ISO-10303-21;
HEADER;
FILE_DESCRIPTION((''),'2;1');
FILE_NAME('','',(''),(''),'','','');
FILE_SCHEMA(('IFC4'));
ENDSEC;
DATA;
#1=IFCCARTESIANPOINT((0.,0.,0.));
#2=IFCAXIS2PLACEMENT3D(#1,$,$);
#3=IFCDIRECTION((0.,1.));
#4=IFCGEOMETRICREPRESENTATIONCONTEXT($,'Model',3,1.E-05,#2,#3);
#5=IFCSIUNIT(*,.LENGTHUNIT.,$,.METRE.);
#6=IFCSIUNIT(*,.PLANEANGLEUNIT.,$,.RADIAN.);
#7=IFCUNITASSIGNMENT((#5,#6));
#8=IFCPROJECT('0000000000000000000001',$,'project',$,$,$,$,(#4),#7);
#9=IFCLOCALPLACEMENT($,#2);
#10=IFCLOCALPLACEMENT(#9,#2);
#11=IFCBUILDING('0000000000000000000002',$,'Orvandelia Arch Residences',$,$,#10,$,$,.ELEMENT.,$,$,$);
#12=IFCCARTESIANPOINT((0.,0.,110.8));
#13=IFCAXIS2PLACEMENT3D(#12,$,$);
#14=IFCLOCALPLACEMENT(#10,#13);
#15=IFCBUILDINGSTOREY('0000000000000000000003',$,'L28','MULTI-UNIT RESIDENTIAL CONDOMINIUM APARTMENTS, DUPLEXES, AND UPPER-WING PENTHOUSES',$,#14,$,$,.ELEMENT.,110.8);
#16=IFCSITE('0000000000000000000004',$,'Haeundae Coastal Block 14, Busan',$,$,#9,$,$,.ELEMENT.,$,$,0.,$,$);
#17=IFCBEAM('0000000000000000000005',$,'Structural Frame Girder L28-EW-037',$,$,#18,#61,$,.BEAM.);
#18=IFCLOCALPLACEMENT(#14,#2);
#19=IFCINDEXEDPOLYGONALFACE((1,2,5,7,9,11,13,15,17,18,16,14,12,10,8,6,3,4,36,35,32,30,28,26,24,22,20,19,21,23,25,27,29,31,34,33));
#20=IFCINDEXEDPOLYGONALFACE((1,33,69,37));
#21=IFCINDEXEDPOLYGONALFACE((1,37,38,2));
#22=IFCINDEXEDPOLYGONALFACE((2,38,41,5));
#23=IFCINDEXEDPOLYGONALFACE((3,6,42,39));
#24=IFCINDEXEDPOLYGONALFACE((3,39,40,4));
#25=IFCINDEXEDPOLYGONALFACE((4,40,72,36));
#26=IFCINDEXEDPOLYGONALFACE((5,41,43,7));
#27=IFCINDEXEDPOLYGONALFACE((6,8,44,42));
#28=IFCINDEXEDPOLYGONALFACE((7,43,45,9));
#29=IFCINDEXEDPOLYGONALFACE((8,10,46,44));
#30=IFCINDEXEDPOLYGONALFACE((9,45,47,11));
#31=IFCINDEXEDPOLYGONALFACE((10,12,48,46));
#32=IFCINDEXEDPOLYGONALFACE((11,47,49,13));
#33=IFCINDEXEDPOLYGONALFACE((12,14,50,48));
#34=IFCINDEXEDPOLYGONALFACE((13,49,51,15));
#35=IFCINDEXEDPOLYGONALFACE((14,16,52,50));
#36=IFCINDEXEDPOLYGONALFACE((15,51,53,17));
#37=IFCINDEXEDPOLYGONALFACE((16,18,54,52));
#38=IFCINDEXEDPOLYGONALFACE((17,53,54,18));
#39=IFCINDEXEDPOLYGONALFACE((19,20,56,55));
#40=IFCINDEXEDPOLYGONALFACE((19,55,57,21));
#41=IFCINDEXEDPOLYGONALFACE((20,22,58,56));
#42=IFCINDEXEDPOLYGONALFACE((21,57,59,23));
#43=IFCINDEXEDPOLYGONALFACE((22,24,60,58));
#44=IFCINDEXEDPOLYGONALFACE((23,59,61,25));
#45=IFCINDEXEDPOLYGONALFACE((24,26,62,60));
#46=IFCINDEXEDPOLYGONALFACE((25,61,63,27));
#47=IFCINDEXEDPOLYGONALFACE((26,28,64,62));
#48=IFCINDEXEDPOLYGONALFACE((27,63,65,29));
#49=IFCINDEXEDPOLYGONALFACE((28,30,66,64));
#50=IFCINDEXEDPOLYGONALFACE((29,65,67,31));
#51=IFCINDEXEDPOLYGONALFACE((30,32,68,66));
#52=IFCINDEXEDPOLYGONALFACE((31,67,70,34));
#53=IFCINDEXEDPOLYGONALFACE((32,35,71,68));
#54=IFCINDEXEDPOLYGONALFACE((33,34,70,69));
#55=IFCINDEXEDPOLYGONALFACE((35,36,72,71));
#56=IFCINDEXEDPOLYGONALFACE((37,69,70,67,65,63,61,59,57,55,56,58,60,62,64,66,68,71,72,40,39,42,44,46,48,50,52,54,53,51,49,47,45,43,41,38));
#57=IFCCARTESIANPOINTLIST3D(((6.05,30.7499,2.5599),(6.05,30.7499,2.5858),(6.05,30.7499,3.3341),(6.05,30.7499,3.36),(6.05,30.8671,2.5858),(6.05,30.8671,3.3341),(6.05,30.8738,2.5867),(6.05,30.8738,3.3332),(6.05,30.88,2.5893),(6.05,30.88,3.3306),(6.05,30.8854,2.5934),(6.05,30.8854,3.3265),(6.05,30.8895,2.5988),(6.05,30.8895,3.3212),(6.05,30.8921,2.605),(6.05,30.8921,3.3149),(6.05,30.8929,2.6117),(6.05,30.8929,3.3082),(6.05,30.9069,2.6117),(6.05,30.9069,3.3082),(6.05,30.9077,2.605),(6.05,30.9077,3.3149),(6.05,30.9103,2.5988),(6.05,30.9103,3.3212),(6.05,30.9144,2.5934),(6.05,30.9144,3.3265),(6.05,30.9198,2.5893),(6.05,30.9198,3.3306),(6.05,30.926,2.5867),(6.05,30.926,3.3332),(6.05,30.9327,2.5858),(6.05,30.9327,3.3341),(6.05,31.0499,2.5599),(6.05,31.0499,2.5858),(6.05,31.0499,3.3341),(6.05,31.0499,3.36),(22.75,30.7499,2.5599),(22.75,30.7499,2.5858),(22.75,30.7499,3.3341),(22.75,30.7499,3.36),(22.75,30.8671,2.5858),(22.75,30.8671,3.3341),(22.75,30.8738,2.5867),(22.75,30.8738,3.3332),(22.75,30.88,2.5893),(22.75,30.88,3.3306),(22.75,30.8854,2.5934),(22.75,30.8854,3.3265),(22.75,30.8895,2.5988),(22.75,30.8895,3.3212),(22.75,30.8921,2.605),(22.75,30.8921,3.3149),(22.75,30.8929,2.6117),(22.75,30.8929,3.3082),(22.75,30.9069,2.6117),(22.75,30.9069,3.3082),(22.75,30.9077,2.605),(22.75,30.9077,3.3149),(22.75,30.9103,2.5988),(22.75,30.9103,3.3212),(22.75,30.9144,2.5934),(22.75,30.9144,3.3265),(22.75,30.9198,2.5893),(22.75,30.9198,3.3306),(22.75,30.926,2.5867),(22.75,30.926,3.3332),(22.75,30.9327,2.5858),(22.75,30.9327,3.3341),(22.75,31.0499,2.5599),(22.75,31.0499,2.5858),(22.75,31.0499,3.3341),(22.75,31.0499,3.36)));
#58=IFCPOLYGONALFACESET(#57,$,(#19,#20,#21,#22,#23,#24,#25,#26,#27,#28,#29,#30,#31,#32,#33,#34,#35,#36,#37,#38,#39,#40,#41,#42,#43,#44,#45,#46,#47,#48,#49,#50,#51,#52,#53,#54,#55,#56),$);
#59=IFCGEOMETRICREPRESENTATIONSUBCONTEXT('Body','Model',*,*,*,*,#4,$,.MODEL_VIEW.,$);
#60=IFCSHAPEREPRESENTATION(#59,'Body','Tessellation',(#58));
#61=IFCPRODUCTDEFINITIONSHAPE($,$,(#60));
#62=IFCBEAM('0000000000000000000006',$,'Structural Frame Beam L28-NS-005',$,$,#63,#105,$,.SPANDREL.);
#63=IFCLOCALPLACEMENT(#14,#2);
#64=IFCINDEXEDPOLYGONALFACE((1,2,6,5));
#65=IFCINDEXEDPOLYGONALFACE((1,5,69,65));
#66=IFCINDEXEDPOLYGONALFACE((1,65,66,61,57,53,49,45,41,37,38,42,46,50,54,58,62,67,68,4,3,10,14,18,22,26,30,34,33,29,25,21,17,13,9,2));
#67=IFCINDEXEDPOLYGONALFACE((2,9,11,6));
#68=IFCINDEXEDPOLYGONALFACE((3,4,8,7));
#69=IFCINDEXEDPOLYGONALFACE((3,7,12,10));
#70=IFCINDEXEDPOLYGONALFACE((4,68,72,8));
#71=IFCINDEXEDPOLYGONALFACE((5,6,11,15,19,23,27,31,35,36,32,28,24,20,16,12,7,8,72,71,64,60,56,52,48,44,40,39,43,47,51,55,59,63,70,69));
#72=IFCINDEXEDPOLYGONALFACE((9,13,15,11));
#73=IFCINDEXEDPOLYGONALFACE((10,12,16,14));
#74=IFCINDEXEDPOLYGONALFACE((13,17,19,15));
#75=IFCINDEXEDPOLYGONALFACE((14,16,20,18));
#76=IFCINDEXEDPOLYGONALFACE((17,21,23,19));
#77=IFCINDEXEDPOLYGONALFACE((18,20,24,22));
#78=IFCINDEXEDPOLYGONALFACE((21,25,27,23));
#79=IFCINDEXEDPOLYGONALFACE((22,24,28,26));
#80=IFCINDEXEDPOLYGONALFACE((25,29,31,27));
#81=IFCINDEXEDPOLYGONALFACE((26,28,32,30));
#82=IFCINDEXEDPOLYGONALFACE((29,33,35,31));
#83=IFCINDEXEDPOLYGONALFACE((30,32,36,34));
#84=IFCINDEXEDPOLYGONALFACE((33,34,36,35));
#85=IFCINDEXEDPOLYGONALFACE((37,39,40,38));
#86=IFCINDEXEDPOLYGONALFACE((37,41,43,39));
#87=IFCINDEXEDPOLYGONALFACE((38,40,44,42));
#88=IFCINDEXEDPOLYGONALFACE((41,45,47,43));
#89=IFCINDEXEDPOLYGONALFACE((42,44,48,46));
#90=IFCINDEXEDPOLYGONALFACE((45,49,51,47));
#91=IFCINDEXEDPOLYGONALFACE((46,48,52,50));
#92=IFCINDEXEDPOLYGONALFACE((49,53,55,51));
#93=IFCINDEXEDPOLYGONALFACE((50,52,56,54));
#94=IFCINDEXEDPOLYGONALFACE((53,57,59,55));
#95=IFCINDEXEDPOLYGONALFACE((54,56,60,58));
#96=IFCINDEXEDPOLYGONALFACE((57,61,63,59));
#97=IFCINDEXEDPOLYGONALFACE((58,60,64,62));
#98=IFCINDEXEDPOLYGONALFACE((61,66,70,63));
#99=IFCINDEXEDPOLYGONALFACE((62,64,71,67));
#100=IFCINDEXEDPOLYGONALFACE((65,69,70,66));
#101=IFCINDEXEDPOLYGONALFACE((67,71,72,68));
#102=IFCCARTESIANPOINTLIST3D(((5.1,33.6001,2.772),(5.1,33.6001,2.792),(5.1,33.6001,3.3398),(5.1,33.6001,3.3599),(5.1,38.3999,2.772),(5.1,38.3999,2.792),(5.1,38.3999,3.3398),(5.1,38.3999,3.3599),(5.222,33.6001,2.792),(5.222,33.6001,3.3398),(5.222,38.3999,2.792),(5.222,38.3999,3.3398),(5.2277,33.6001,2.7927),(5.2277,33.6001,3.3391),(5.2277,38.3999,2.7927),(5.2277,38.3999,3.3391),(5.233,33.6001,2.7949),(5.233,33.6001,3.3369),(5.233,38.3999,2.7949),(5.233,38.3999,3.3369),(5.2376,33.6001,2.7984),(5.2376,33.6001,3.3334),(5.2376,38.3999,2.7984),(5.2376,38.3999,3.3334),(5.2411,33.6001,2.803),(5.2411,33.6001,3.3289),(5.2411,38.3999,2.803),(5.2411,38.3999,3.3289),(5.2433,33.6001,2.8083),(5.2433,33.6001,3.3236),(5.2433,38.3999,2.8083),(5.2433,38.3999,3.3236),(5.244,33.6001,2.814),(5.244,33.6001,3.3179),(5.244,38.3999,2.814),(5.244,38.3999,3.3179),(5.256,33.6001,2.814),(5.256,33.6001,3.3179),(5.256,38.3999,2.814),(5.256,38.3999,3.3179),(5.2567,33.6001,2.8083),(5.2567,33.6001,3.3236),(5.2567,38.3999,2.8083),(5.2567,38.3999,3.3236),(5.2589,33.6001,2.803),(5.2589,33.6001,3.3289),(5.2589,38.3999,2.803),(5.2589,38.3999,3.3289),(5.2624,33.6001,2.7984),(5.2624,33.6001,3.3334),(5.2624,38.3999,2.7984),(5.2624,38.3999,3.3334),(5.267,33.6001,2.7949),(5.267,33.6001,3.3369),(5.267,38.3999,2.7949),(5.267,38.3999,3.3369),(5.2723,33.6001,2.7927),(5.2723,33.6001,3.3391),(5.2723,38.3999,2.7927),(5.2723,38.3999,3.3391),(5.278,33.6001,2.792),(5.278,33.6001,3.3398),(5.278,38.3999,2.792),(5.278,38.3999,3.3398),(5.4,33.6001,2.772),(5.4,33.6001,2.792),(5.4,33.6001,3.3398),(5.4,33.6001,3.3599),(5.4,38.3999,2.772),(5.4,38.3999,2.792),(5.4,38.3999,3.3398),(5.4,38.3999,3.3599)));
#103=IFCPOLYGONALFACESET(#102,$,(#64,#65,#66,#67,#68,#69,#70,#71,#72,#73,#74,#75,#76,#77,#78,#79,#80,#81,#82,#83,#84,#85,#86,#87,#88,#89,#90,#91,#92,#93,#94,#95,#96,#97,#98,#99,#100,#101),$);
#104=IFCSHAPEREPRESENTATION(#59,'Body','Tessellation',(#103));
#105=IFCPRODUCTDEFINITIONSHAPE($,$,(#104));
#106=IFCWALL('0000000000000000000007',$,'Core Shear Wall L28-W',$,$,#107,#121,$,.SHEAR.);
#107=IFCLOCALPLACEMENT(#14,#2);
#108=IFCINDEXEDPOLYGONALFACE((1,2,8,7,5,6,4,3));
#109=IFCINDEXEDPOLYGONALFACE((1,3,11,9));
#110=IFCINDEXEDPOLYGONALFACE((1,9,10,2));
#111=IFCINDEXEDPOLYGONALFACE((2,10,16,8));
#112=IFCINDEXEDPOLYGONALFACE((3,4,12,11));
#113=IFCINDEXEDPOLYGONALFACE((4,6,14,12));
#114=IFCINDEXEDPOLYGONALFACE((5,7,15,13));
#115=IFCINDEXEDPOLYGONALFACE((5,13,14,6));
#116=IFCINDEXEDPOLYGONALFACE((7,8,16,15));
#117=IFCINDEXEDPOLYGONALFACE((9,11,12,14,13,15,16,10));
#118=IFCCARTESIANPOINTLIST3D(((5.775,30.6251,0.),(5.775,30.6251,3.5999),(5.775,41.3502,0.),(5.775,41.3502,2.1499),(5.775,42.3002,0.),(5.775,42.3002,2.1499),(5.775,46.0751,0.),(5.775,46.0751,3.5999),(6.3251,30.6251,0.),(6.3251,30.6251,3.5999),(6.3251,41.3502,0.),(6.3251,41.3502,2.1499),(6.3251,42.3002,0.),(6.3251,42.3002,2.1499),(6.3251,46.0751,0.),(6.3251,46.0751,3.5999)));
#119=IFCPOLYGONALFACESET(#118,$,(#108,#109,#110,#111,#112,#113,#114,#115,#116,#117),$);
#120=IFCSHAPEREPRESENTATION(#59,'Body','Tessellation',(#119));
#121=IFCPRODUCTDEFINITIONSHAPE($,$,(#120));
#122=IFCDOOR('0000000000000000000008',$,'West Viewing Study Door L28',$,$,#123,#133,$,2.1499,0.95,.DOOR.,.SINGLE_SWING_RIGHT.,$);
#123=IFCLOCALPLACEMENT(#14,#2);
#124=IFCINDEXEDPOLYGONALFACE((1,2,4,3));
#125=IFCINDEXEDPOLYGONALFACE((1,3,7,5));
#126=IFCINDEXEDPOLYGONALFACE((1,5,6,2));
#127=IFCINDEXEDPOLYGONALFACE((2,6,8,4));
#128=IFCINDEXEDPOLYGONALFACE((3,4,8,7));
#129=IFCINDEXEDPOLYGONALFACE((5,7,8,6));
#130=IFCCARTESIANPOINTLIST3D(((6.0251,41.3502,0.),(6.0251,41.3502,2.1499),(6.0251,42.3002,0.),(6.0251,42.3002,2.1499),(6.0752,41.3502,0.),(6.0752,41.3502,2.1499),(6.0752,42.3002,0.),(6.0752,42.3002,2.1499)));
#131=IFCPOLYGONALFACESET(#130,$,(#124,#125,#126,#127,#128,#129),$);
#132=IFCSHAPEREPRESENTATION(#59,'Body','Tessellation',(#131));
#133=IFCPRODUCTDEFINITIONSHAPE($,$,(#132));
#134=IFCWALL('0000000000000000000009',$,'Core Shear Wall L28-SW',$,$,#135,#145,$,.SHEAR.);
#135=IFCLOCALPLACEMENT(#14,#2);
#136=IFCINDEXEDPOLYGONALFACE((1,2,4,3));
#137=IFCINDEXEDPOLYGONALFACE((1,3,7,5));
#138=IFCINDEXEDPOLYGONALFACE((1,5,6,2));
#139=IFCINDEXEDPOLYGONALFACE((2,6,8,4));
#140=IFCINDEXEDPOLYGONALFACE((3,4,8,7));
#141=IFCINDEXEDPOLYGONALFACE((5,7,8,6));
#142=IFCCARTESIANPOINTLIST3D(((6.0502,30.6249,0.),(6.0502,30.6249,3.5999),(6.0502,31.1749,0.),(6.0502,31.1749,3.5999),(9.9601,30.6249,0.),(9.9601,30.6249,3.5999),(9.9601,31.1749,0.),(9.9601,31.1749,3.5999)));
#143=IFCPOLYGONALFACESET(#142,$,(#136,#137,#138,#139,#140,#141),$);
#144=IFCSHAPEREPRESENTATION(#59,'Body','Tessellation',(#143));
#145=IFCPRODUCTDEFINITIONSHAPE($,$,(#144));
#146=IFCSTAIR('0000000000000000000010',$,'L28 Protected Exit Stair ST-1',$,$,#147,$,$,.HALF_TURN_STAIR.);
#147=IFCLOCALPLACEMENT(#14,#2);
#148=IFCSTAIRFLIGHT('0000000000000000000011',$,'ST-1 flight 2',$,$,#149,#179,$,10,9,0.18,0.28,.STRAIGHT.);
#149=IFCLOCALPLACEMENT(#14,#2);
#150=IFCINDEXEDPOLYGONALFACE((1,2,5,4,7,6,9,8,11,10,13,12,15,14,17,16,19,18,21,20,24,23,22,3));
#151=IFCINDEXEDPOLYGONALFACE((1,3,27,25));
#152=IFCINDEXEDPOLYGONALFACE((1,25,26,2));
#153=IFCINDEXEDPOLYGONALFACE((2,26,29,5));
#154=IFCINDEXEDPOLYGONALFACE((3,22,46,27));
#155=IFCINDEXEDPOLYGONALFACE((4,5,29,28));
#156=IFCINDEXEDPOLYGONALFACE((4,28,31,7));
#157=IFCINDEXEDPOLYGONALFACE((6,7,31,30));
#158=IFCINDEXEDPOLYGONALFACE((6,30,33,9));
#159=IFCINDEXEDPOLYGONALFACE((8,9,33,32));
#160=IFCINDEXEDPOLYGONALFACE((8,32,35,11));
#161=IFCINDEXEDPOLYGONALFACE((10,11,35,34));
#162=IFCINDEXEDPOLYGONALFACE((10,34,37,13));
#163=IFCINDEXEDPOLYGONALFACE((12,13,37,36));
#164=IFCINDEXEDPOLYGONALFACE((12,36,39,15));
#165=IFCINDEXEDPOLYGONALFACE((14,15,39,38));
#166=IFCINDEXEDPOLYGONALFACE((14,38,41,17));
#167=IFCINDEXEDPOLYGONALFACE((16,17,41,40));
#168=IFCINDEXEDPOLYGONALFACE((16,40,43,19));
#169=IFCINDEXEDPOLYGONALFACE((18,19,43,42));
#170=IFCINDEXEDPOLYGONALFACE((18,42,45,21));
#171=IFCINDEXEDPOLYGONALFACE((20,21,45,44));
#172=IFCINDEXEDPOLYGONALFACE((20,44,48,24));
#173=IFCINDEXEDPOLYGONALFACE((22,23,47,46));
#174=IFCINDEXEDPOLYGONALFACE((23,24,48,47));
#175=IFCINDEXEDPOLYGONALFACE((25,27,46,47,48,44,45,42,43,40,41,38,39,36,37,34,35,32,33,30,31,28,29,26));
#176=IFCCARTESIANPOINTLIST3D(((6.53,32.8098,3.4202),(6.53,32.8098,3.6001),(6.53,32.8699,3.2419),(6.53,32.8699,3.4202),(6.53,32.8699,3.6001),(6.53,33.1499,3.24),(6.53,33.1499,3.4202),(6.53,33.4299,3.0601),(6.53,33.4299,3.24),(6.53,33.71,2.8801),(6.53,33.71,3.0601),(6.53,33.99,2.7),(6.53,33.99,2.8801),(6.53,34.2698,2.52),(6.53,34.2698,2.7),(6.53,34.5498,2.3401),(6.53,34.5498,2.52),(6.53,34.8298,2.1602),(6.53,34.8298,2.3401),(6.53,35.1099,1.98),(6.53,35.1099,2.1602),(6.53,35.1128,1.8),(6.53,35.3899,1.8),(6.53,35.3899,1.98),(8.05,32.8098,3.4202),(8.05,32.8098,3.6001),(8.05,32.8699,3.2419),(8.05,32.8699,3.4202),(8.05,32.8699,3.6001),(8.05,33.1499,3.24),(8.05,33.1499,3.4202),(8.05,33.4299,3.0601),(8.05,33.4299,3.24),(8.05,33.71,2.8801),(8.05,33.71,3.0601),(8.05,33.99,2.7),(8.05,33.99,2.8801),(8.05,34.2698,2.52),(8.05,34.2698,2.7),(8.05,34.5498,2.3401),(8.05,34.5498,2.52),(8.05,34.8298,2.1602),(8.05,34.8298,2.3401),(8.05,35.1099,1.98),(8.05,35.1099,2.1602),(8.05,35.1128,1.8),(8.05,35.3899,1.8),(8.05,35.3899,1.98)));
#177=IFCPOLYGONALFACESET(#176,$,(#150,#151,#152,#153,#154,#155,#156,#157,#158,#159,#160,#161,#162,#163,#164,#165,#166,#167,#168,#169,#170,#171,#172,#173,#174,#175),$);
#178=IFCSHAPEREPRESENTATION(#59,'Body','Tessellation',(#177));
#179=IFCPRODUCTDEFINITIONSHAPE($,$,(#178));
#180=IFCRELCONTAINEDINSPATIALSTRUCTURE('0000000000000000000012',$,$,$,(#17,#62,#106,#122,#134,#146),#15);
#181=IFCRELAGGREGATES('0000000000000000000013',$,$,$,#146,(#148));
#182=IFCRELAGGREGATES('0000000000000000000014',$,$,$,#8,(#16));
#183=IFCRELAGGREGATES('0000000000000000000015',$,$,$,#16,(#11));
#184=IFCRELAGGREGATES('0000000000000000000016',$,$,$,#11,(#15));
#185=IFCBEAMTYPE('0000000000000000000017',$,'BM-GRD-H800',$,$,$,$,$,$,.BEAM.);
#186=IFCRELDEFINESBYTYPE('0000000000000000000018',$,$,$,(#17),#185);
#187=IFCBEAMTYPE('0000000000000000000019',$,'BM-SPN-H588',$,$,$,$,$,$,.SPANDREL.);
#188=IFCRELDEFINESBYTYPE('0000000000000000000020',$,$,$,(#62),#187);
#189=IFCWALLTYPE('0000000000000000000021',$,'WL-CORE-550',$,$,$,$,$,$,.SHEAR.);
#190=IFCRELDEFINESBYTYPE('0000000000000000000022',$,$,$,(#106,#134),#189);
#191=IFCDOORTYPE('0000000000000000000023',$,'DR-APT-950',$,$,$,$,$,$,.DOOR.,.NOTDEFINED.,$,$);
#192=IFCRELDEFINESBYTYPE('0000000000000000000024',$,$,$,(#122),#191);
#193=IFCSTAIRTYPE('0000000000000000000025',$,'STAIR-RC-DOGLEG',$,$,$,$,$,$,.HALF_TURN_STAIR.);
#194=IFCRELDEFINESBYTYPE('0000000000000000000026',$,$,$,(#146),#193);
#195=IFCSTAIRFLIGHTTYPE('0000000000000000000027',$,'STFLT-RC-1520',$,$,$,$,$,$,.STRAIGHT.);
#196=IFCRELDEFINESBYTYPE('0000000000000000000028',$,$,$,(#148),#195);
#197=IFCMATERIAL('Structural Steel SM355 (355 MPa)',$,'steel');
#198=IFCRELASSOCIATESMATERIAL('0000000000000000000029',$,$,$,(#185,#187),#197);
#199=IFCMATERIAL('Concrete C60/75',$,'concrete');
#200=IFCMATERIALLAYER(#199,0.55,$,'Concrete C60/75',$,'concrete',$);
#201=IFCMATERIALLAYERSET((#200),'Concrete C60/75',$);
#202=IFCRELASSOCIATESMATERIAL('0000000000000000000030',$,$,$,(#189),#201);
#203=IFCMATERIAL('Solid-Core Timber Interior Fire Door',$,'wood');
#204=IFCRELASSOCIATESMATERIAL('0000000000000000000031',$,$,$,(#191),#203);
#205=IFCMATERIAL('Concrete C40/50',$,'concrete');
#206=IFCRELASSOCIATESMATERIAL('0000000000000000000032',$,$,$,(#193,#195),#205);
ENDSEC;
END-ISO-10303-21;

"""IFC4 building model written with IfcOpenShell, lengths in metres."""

from ifc_helpers import new_model, si_unit, direction, frame, frame_2d, origin, origin_2d, place, context, subcontext, project, spatial, polyline, rectangle, i_section, outline, extrude, material, layer, layer_set, material_profile, profile_set, type_object, element, fill, aggregate, save


model = new_model("IFC4")

# Units and contexts
model_context = context("Model", 3, precision=1e-05, world=origin(), true_north=direction((0.0, 1.0)))
body_context = subcontext(model_context, "Body", "Model", "MODEL_VIEW")
ifc_project = project(units=[si_unit("LENGTHUNIT", "METRE"), si_unit("PLANEANGLEUNIT", "RADIAN")], contexts=[model_context])

# Site, building, storey
site_placement = place(None, origin())
site = spatial("IfcSite", under=ifc_project, at=site_placement, Name="Haeundae Coastal Block 14, Busan", CompositionType="ELEMENT", RefElevation=0.0)
building_placement = place(site_placement, origin())
building = spatial("IfcBuilding", under=site, at=building_placement, Name="Orvandelia Arch Residences", CompositionType="ELEMENT")
storey_placement = place(building_placement, frame((0.0, 0.0, 110.8)))
storey = spatial("IfcBuildingStorey", under=building, at=storey_placement, Name="L28", Description="MULTI-UNIT RESIDENTIAL CONDOMINIUM APARTMENTS, DUPLEXES, AND UPPER-WING PENTHOUSES", CompositionType="ELEMENT", Elevation=110.8)

# Shared definitions
ifc_material_1 = material(Name="Concrete C60/75", Category="concrete")

# Beams
ifc_material_2 = material(Name="Structural Steel SM355 (355 MPa)", Category="steel")
ifc_material_profile_1 = material_profile(ifc_material_2, i_section(OverallWidth=0.3, OverallDepth=0.8, WebThickness=0.0139, FlangeThickness=0.0259, FilletRadius=0.0259, at=origin_2d()), Name="Structural Steel SM355 (355 MPa)", Category="steel")
ifc_profile_set_1 = profile_set([ifc_material_profile_1], Name="Structural Steel SM355 (355 MPa)")
beam_type_1 = type_object("IfcBeamType", Name="BM-GRD-H800", PredefinedType="BEAM", material=ifc_profile_set_1)
beam_1_placement = place(storey_placement, frame((6.05, 30.8999, 2.96), z_axis=(1.0, 0.0, 0.0), x_axis=(0.0, 1.0, 0.0)))
element("IfcBeam", 1, at=beam_1_placement, inside=storey, type_object=beam_type_1, Name="Structural Frame Girder L28-EW-037", PredefinedType="BEAM", context=body_context, shape_type="SweptSolid", body=[
    extrude(i_section(OverallWidth=0.3, OverallDepth=0.8, WebThickness=0.0139, FlangeThickness=0.0259, FilletRadius=0.0259, at=origin_2d()), origin(), (0.0, 0.0, 1.0), 16.7),
])
ifc_material_profile_2 = material_profile(ifc_material_2, i_section(OverallWidth=0.3, OverallDepth=0.5879, WebThickness=0.012, FlangeThickness=0.02, FilletRadius=0.022, at=origin_2d()), Name="Structural Steel SM355 (355 MPa)", Category="steel")
ifc_profile_set_2 = profile_set([ifc_material_profile_2], Name="Structural Steel SM355 (355 MPa)")
beam_type_2 = type_object("IfcBeamType", Name="BM-SPN-H588", PredefinedType="SPANDREL", material=ifc_profile_set_2)
beam_2_placement = place(storey_placement, frame((5.25, 33.6001, 3.0659), z_axis=(0.0, 1.0, 0.0), x_axis=(-1.0, 0.0, 0.0)))
element("IfcBeam", 2, at=beam_2_placement, inside=storey, type_object=beam_type_2, Name="Structural Frame Beam L28-NS-005", PredefinedType="SPANDREL", context=body_context, shape_type="SweptSolid", body=[
    extrude(i_section(OverallWidth=0.3, OverallDepth=0.5879, WebThickness=0.012, FlangeThickness=0.02, FilletRadius=0.022, at=origin_2d()), origin(), (0.0, 0.0, 1.0), 4.7998),
])

# Wall, opening, door
ifc_layer = layer(ifc_material_1, 0.55, Name="Concrete C60/75", Category="concrete")
ifc_layer_set = layer_set([ifc_layer], Name="Concrete C60/75")
wall_type = type_object("IfcWallType", Name="WL-CORE-550", PredefinedType="SHEAR", material=ifc_layer_set)
wall_1_placement = place(storey_placement, frame((6.05, 30.625, 0.0), z_axis=(0.0, 0.0, 1.0), x_axis=(0.0, 1.0, 0.0)))
wall_1 = element("IfcWall", 3, at=wall_1_placement, inside=storey, type_object=wall_type, Name="Core Shear Wall L28-W", PredefinedType="SHEAR", context=body_context, shape_type="SweptSolid", body=[
    extrude(rectangle(XDim=15.45, YDim=0.55, at=frame_2d((7.7251, 0.0))), origin(), (0.0, 0.0, 1.0), 3.5999),
])
opening_placement = place(wall_1_placement, frame((10.7251, 0.0, 0.0)))
opening = element("IfcOpeningElement", 4, at=opening_placement, cuts=wall_1, PredefinedType="OPENING", context=body_context, shape_type="SweptSolid", body=[
    extrude(rectangle(XDim=0.95, YDim=2.1499, at=frame_2d((0.4751, 1.075))), frame((0.0, 0.2852, 0.0), z_axis=(0.0, -1.0, 0.0), x_axis=(1.0, 0.0, 0.0)), (0.0, 0.0, 1.0), 0.5701),
])
ifc_material_3 = material(Name="Solid-Core Timber Interior Fire Door", Category="wood")
door_type = type_object("IfcDoorType", Name="DR-APT-950", OperationType="NOTDEFINED", PredefinedType="DOOR", material=ifc_material_3)
door_placement = place(opening_placement, origin())
door = element("IfcDoor", 5, at=door_placement, inside=storey, type_object=door_type, Name="West Viewing Study Door L28", OperationType="SINGLE_SWING_RIGHT", OverallHeight=2.1499, OverallWidth=0.95, PredefinedType="DOOR", context=body_context, shape_type="SweptSolid", body=[
    extrude(rectangle(XDim=0.95, YDim=2.1499, at=frame_2d((0.4751, 1.075))), frame((0.0, 0.0249, 0.0), z_axis=(0.0, -1.0, 0.0), x_axis=(1.0, 0.0, 0.0)), (0.0, 0.0, 1.0), 0.05),
])
fill(opening, door)

# Wall
wall_2_placement = place(storey_placement, frame((6.05, 30.8999, 0.0), z_axis=(0.0, 0.0, 1.0), x_axis=(1.0, 0.0, 0.0)))
element("IfcWall", 6, at=wall_2_placement, inside=storey, type_object=wall_type, Name="Core Shear Wall L28-SW", PredefinedType="SHEAR", context=body_context, shape_type="SweptSolid", body=[
    extrude(rectangle(XDim=3.9099, YDim=0.55, at=frame_2d((1.9551, 0.0))), origin(), (0.0, 0.0, 1.0), 3.5999),
])

# Stair, stair flight
ifc_material_4 = material(Name="Concrete C40/50", Category="concrete")
stair_type = type_object("IfcStairType", Name="STAIR-RC-DOGLEG", PredefinedType="HALF_TURN_STAIR", material=ifc_material_4)
stair_placement = place(storey_placement, origin())
stair = element("IfcStair", 7, at=stair_placement, inside=storey, type_object=stair_type, Name="L28 Protected Exit Stair ST-1", PredefinedType="HALF_TURN_STAIR")
stair_flight_type = type_object("IfcStairFlightType", Name="STFLT-RC-1520", PredefinedType="STRAIGHT", material=ifc_material_4)
stair_flight_placement = place(storey_placement, frame((7.29, 35.3899, 1.8), z_axis=(0.0, 0.0, 1.0), x_axis=(0.0, -1.0, 0.0)))
stair_flight = element("IfcStairFlight", 8, at=stair_flight_placement, type_object=stair_flight_type, Name="ST-1 flight 2", NumberOfRisers=10, NumberOfTreads=9, PredefinedType="STRAIGHT", RiserHeight=0.18, TreadLength=0.28, context=body_context, shape_type="SweptSolid", body=[
    extrude(outline(polyline([(0.0, 0.0), (0.0, 0.1799), (0.28, 0.1799), (0.28, 0.3601), (0.5601, 0.3601), (0.5601, 0.54), (0.8401, 0.54), (0.8401, 0.72), (1.1201, 0.72), (1.1201, 0.8999), (1.3999, 0.8999), (1.3999, 1.0801), (1.6799, 1.0801), (1.6799, 1.26), (1.96, 1.26), (1.96, 1.4399), (2.24, 1.4399), (2.24, 1.6201), (2.52, 1.6201), (2.52, 1.8), (2.5801, 1.8), (2.5801, 1.6201), (2.52, 1.4419), (0.2771, 0.0), (0.0, 0.0)])), frame((0.0, 0.76, 0.0), z_axis=(0.0, -1.0, 0.0), x_axis=(1.0, 0.0, 0.0)), (0.0, 0.0, 1.0), 1.52),
])
aggregate(stair, [stair_flight])

save(model, "model.ifc")
